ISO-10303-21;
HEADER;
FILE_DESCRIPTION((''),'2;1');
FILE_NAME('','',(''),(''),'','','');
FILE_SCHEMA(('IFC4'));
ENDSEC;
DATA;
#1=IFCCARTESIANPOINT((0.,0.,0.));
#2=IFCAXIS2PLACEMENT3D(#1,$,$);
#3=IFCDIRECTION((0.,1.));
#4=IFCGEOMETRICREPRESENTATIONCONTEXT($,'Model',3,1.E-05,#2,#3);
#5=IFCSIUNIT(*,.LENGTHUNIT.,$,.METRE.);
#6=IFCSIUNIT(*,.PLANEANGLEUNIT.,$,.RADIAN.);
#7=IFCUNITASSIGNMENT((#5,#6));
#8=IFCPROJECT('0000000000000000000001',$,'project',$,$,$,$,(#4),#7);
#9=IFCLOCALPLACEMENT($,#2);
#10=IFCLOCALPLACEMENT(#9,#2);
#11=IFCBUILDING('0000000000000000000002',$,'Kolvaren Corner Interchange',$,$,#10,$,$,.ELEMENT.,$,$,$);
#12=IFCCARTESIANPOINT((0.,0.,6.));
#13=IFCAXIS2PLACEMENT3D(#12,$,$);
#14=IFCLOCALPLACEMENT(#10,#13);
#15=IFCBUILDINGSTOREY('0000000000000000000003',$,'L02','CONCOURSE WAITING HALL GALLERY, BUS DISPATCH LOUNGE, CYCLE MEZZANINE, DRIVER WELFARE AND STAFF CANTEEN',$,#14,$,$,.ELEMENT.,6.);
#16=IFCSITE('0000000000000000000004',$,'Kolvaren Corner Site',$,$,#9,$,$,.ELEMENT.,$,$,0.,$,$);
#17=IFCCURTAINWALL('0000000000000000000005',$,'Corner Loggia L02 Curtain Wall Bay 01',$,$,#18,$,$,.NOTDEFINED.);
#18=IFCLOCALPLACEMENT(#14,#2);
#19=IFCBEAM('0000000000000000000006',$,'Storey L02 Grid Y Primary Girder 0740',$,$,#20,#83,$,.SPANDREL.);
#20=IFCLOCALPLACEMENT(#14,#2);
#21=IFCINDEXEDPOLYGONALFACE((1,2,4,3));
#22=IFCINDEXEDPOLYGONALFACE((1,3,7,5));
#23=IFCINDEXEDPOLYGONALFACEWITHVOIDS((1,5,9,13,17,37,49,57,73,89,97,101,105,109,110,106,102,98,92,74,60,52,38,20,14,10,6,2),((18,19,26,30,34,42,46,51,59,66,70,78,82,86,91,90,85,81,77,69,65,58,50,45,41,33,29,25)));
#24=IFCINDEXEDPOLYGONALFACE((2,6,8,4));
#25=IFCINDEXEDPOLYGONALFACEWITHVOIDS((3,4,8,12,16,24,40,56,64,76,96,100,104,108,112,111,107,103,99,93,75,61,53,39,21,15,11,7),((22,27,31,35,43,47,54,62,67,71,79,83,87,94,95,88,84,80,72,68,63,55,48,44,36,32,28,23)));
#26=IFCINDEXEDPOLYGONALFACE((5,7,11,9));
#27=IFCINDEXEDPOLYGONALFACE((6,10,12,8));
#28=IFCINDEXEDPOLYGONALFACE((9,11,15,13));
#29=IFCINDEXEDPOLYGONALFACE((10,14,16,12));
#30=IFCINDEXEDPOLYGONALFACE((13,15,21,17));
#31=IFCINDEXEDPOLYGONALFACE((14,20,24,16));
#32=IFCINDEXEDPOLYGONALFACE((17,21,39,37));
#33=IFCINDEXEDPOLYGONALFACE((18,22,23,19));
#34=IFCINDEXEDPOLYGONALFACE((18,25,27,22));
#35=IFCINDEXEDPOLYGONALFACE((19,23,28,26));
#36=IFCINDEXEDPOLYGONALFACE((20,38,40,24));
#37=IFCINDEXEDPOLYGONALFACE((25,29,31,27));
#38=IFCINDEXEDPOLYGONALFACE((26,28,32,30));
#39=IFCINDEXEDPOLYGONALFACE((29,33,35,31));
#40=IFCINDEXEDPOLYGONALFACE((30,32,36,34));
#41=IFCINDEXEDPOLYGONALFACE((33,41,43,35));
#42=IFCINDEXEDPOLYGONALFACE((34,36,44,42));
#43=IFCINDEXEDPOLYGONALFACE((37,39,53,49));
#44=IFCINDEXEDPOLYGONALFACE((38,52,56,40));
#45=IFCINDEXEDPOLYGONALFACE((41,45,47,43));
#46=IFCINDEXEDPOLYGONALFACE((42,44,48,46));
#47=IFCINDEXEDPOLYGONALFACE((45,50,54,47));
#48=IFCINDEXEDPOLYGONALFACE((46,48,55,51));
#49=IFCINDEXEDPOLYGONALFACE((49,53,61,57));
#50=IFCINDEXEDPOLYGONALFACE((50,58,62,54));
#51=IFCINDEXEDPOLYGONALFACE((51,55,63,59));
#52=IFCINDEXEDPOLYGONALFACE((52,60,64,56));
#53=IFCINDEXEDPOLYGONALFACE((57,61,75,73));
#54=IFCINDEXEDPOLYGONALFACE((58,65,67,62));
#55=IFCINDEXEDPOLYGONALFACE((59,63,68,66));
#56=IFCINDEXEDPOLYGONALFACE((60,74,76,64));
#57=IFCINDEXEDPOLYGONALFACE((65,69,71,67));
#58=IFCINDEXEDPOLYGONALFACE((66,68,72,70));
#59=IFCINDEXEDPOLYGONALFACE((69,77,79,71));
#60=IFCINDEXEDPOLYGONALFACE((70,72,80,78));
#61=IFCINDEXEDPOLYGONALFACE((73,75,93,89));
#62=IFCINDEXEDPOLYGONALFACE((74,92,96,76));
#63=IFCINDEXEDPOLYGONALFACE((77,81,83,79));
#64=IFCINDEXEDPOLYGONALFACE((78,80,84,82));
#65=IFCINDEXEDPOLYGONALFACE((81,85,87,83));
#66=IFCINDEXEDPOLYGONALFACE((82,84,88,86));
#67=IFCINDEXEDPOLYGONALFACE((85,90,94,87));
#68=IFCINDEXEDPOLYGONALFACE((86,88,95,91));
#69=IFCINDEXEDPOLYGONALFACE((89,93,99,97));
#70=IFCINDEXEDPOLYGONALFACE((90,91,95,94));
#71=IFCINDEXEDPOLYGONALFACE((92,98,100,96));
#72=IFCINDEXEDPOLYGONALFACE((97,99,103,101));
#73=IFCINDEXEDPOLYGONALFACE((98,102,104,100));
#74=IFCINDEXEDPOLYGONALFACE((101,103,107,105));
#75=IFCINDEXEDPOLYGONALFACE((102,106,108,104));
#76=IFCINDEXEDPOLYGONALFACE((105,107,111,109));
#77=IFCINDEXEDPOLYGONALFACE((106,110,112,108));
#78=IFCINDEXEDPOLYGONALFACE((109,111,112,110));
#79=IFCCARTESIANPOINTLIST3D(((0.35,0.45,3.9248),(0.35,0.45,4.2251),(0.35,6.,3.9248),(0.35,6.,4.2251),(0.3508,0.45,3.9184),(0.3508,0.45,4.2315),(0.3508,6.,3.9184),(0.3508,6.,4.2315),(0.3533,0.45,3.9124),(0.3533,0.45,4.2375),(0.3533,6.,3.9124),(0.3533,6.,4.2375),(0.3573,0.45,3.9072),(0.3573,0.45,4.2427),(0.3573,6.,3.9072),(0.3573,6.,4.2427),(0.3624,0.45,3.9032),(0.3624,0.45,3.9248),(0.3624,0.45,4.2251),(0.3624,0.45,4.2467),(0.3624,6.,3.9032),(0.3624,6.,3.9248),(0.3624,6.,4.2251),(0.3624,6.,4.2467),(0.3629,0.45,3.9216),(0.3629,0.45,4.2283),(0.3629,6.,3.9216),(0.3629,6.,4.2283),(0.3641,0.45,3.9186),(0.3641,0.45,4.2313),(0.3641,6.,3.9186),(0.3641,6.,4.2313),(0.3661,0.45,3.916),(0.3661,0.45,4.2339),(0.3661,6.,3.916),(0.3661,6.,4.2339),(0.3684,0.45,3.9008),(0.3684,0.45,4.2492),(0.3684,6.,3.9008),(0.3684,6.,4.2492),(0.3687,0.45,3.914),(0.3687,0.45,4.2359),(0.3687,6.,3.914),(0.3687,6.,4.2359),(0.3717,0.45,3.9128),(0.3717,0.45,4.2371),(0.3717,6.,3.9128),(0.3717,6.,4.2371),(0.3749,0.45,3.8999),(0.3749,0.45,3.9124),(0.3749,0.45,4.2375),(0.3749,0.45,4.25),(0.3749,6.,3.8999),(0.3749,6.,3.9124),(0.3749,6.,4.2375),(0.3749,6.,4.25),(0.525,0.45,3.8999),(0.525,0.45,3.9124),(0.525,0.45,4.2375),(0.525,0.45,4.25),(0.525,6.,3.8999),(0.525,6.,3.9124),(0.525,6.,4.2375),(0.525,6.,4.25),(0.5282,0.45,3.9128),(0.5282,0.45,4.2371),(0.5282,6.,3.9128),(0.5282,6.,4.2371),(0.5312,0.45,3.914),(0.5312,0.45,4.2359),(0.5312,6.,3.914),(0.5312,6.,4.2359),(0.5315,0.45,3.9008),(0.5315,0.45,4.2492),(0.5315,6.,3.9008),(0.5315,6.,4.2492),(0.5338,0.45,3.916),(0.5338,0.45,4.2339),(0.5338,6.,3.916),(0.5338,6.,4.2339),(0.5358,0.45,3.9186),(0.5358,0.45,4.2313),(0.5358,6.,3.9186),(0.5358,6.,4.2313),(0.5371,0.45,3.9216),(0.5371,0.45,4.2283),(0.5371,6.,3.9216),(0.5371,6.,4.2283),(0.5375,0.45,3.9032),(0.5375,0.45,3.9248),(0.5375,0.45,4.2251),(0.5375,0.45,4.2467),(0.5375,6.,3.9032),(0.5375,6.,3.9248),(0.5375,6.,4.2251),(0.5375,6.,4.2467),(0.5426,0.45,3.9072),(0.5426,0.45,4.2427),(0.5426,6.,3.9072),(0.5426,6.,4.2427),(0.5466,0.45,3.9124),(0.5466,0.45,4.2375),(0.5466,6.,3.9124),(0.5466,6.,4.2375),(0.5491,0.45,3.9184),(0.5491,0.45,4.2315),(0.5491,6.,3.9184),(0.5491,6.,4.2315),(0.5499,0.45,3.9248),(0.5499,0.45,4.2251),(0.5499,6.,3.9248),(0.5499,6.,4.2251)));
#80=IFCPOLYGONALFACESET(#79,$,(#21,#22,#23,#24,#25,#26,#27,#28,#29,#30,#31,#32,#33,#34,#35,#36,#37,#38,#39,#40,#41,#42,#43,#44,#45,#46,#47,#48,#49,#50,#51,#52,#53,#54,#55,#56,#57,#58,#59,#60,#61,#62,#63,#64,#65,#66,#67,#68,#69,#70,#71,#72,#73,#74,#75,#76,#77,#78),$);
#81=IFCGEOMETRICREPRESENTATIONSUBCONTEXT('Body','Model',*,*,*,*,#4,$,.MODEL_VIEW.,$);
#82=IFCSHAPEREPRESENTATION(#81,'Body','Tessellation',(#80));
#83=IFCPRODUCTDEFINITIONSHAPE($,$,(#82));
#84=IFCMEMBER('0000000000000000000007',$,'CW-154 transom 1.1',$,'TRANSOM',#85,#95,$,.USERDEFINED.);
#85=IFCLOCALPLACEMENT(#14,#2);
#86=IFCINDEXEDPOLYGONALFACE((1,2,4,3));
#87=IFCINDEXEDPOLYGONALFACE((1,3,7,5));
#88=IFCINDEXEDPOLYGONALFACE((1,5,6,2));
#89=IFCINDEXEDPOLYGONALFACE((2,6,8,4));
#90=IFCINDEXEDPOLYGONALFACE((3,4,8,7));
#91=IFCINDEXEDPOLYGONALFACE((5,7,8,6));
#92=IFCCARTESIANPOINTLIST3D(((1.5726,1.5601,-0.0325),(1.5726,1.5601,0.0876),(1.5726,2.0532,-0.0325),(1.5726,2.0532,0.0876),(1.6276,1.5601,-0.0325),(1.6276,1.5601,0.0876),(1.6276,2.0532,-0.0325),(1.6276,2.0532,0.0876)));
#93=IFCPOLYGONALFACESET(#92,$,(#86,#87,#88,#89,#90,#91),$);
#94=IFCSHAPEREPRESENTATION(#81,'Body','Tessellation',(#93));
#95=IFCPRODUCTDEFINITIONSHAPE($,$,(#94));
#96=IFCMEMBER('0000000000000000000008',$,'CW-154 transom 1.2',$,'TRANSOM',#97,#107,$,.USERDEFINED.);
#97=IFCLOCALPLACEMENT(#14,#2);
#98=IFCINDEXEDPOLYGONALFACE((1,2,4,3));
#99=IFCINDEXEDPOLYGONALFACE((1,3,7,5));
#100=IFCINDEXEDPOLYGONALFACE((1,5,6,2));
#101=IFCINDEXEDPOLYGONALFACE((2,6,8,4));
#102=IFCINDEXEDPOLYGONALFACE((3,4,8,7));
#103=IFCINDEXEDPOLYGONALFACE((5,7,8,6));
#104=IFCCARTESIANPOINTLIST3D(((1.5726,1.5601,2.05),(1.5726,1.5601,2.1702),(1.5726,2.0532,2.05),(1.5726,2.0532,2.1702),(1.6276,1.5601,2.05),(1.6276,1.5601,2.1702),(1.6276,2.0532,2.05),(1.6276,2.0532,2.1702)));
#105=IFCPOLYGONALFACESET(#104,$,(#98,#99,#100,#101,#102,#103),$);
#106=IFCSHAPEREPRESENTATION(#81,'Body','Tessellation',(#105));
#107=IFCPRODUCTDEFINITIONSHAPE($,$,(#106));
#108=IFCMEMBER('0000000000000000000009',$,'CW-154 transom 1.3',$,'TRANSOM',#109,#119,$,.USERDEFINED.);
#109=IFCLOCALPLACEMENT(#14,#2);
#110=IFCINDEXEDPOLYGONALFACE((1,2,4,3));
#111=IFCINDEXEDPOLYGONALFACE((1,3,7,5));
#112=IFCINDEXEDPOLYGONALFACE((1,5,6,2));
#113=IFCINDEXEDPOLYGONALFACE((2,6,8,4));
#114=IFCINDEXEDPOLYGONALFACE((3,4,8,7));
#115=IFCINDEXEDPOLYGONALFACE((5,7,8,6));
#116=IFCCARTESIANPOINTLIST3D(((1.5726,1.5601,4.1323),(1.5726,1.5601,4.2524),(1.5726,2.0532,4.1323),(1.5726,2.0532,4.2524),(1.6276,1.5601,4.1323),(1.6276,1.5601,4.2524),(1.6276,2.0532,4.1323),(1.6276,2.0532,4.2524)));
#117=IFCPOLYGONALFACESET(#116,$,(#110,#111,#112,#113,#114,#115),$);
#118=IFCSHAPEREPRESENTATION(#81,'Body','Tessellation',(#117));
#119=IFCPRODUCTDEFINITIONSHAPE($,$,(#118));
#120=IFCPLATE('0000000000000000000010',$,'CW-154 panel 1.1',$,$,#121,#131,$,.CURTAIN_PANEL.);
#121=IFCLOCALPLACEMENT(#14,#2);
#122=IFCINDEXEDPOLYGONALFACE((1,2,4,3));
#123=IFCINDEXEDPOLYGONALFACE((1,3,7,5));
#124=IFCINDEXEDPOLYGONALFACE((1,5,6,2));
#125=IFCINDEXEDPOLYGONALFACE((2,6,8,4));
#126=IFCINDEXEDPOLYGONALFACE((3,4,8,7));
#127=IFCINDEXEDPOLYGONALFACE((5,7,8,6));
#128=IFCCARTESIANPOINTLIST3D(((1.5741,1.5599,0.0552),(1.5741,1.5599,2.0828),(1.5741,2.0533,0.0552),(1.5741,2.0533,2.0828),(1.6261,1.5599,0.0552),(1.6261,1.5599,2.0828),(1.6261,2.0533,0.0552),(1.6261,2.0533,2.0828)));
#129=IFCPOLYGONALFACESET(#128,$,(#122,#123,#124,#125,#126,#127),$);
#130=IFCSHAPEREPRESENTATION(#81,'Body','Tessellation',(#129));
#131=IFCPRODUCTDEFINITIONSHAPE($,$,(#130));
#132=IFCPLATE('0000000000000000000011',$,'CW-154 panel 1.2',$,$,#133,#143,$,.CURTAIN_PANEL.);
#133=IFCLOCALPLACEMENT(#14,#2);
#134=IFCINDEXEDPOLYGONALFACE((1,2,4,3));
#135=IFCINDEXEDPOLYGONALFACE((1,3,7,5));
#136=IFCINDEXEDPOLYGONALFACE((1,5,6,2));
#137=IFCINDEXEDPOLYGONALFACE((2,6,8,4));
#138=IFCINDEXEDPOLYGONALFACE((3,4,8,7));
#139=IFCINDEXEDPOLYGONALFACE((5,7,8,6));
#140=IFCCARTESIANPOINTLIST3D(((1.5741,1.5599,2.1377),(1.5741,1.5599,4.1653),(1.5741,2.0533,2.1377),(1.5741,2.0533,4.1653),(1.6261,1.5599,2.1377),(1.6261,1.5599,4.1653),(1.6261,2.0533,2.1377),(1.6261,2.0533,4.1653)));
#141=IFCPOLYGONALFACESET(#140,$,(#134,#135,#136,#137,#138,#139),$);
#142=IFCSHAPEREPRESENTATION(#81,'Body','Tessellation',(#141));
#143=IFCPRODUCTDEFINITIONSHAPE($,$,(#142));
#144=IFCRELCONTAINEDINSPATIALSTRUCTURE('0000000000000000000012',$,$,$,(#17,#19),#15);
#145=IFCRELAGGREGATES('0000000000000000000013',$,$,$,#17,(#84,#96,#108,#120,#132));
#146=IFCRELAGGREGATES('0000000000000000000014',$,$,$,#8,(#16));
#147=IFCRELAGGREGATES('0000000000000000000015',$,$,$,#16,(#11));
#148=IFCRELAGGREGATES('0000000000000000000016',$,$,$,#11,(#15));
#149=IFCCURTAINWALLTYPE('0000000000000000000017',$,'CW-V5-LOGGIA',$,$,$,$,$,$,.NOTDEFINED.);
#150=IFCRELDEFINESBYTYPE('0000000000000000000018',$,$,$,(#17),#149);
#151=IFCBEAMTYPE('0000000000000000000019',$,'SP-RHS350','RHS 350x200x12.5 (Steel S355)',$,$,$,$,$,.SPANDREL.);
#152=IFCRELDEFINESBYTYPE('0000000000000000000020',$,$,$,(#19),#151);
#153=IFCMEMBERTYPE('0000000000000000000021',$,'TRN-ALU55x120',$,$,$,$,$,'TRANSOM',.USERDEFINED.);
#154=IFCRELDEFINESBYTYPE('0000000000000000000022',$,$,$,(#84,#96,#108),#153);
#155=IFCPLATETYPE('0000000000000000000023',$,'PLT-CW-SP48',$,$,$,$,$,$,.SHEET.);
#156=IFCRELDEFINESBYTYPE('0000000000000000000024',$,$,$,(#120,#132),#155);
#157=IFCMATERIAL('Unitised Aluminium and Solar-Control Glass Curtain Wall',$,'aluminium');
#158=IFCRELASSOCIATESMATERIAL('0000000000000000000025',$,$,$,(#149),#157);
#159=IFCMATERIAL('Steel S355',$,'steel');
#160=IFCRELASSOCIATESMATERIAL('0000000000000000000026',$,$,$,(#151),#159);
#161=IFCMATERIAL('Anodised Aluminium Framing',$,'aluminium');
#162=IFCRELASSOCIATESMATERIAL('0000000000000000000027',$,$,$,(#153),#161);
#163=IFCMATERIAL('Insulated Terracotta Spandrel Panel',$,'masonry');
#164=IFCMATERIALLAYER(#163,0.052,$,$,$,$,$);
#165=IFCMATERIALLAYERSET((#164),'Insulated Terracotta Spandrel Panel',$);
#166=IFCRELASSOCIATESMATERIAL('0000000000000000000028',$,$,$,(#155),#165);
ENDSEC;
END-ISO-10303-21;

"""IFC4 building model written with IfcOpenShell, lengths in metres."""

from ifc_helpers import new_model, si_unit, direction, frame, origin, origin_2d, place, context, subcontext, project, spatial, rectangle, hollow_rectangle, extrude, material, layer, layer_set, material_profile, profile_set, type_object, element, aggregate, save


model = new_model("IFC4")

# Units and contexts
model_context = context("Model", 3, precision=1e-05, world=origin(), true_north=direction((0.0, 1.0)))
body_context = subcontext(model_context, "Body", "Model", "MODEL_VIEW")
ifc_project = project(units=[si_unit("LENGTHUNIT", "METRE"), si_unit("PLANEANGLEUNIT", "RADIAN")], contexts=[model_context])

# Site, building, storey
site_placement = place(None, origin())
site = spatial("IfcSite", under=ifc_project, at=site_placement, Name="Kolvaren Corner Site", CompositionType="ELEMENT", RefElevation=0.0)
building_placement = place(site_placement, origin())
building = spatial("IfcBuilding", under=site, at=building_placement, Name="Kolvaren Corner Interchange", CompositionType="ELEMENT")
storey_placement = place(building_placement, frame((0.0, 0.0, 6.0)))
storey = spatial("IfcBuildingStorey", under=building, at=storey_placement, Name="L02", Description="CONCOURSE WAITING HALL GALLERY, BUS DISPATCH LOUNGE, CYCLE MEZZANINE, DRIVER WELFARE AND STAFF CANTEEN", CompositionType="ELEMENT", Elevation=6.0)

# Curtain wall
ifc_material_1 = material(Name="Unitised Aluminium and Solar-Control Glass Curtain Wall", Category="aluminium")
curtain_wall_type = type_object("IfcCurtainWallType", Name="CW-V5-LOGGIA", PredefinedType="NOTDEFINED", material=ifc_material_1)
curtain_wall_placement = place(storey_placement, origin())
curtain_wall = element("IfcCurtainWall", 1, at=curtain_wall_placement, inside=storey, type_object=curtain_wall_type, Name="Corner Loggia L02 Curtain Wall Bay 01", PredefinedType="NOTDEFINED")

# Beam
ifc_material_2 = material(Name="Steel S355", Category="steel")
ifc_material_profile_1 = material_profile(ifc_material_2, hollow_rectangle(XDim=0.2, YDim=0.3501, WallThickness=0.0125, InnerFilletRadius=0.0125, OuterFilletRadius=0.0249, at=origin_2d()), Name="RHS 350x200x12.5")
ifc_profile_set_1 = profile_set([ifc_material_profile_1], Name="Steel S355")
beam_type_1 = type_object("IfcBeamType", Name="SP-RHS350", Description="RHS 350x200x12.5 (Steel S355)", PredefinedType="SPANDREL", material=ifc_profile_set_1)
beam_1_placement = place(storey_placement, frame((0.45, 0.45, 4.075), z_axis=(0.0, 1.0, 0.0), x_axis=(-1.0, 0.0, 0.0)))
element("IfcBeam", 2, at=beam_1_placement, inside=storey, type_object=beam_type_1, Name="Storey L02 Grid Y Primary Girder 0740", PredefinedType="SPANDREL", context=body_context, shape_type="SweptSolid", body=[
    extrude(hollow_rectangle(XDim=0.2, YDim=0.3501, WallThickness=0.0125, InnerFilletRadius=0.0125, OuterFilletRadius=0.0249, at=origin_2d()), origin(), (0.0, 0.0, 1.0), 5.55),
])

# Members
ifc_material_3 = material(Name="Anodised Aluminium Framing", Category="aluminium")
ifc_material_profile_2 = material_profile(ifc_material_3, rectangle(XDim=0.0549, YDim=0.1201, at=origin_2d()), Name="ALU 55x120")
ifc_profile_set_2 = profile_set([ifc_material_profile_2], Name="Anodised Aluminium Framing")
member_type_1 = type_object("IfcMemberType", Name="TRN-ALU55x120", ElementType="TRANSOM", PredefinedType="USERDEFINED", material=ifc_profile_set_2)
member_1_placement = place(storey_placement, frame((1.6001, 1.5601, 0.0276), z_axis=(0.0, 1.0, 0.0), x_axis=(-1.0, 0.0, 0.0)))
member_1 = element("IfcMember", 3, at=member_1_placement, type_object=member_type_1, Name="CW-154 transom 1.1", ObjectType="TRANSOM", PredefinedType="USERDEFINED", context=body_context, shape_type="SweptSolid", body=[
    extrude(rectangle(XDim=0.0549, YDim=0.1201, at=origin_2d()), origin(), (0.0, 0.0, 1.0), 0.4932),
])
member_2_placement = place(storey_placement, frame((1.6001, 1.5601, 2.1101), z_axis=(0.0, 1.0, 0.0), x_axis=(-1.0, 0.0, 0.0)))
member_2 = element("IfcMember", 4, at=member_2_placement, type_object=member_type_1, Name="CW-154 transom 1.2", ObjectType="TRANSOM", PredefinedType="USERDEFINED", context=body_context, shape_type="SweptSolid", body=[
    extrude(rectangle(XDim=0.0549, YDim=0.1201, at=origin_2d()), origin(), (0.0, 0.0, 1.0), 0.4932),
])
member_3_placement = place(storey_placement, frame((1.6001, 1.5601, 4.1924), z_axis=(0.0, 1.0, 0.0), x_axis=(-1.0, 0.0, 0.0)))
member_3 = element("IfcMember", 5, at=member_3_placement, type_object=member_type_1, Name="CW-154 transom 1.3", ObjectType="TRANSOM", PredefinedType="USERDEFINED", context=body_context, shape_type="SweptSolid", body=[
    extrude(rectangle(XDim=0.0549, YDim=0.1201, at=origin_2d()), origin(), (0.0, 0.0, 1.0), 0.4932),
])

# Plates
ifc_material_4 = material(Name="Insulated Terracotta Spandrel Panel", Category="masonry")
ifc_layer_1 = layer(ifc_material_4, 0.052)
ifc_layer_set_1 = layer_set([ifc_layer_1], Name="Insulated Terracotta Spandrel Panel")
plate_type = type_object("IfcPlateType", Name="PLT-CW-SP48", PredefinedType="SHEET", material=ifc_layer_set_1)
plate_1_placement = place(storey_placement, frame((1.6001, 1.8066, 0.0552), z_axis=(0.0, 0.0, 1.0), x_axis=(0.0, 1.0, 0.0)))
plate_1 = element("IfcPlate", 6, at=plate_1_placement, type_object=plate_type, Name="CW-154 panel 1.1", PredefinedType="CURTAIN_PANEL", context=body_context, shape_type="SweptSolid", body=[
    extrude(rectangle(XDim=0.4934, YDim=0.052, at=origin_2d()), origin(), (0.0, 0.0, 1.0), 2.0276),
])
plate_2_placement = place(storey_placement, frame((1.6001, 1.8066, 2.1377), z_axis=(0.0, 0.0, 1.0), x_axis=(0.0, 1.0, 0.0)))
plate_2 = element("IfcPlate", 7, at=plate_2_placement, type_object=plate_type, Name="CW-154 panel 1.2", PredefinedType="CURTAIN_PANEL", context=body_context, shape_type="SweptSolid", body=[
    extrude(rectangle(XDim=0.4934, YDim=0.052, at=origin_2d()), origin(), (0.0, 0.0, 1.0), 2.0276),
])
aggregate(curtain_wall, [member_1, member_2, member_3, plate_1, plate_2])

save(model, "model.ifc")
